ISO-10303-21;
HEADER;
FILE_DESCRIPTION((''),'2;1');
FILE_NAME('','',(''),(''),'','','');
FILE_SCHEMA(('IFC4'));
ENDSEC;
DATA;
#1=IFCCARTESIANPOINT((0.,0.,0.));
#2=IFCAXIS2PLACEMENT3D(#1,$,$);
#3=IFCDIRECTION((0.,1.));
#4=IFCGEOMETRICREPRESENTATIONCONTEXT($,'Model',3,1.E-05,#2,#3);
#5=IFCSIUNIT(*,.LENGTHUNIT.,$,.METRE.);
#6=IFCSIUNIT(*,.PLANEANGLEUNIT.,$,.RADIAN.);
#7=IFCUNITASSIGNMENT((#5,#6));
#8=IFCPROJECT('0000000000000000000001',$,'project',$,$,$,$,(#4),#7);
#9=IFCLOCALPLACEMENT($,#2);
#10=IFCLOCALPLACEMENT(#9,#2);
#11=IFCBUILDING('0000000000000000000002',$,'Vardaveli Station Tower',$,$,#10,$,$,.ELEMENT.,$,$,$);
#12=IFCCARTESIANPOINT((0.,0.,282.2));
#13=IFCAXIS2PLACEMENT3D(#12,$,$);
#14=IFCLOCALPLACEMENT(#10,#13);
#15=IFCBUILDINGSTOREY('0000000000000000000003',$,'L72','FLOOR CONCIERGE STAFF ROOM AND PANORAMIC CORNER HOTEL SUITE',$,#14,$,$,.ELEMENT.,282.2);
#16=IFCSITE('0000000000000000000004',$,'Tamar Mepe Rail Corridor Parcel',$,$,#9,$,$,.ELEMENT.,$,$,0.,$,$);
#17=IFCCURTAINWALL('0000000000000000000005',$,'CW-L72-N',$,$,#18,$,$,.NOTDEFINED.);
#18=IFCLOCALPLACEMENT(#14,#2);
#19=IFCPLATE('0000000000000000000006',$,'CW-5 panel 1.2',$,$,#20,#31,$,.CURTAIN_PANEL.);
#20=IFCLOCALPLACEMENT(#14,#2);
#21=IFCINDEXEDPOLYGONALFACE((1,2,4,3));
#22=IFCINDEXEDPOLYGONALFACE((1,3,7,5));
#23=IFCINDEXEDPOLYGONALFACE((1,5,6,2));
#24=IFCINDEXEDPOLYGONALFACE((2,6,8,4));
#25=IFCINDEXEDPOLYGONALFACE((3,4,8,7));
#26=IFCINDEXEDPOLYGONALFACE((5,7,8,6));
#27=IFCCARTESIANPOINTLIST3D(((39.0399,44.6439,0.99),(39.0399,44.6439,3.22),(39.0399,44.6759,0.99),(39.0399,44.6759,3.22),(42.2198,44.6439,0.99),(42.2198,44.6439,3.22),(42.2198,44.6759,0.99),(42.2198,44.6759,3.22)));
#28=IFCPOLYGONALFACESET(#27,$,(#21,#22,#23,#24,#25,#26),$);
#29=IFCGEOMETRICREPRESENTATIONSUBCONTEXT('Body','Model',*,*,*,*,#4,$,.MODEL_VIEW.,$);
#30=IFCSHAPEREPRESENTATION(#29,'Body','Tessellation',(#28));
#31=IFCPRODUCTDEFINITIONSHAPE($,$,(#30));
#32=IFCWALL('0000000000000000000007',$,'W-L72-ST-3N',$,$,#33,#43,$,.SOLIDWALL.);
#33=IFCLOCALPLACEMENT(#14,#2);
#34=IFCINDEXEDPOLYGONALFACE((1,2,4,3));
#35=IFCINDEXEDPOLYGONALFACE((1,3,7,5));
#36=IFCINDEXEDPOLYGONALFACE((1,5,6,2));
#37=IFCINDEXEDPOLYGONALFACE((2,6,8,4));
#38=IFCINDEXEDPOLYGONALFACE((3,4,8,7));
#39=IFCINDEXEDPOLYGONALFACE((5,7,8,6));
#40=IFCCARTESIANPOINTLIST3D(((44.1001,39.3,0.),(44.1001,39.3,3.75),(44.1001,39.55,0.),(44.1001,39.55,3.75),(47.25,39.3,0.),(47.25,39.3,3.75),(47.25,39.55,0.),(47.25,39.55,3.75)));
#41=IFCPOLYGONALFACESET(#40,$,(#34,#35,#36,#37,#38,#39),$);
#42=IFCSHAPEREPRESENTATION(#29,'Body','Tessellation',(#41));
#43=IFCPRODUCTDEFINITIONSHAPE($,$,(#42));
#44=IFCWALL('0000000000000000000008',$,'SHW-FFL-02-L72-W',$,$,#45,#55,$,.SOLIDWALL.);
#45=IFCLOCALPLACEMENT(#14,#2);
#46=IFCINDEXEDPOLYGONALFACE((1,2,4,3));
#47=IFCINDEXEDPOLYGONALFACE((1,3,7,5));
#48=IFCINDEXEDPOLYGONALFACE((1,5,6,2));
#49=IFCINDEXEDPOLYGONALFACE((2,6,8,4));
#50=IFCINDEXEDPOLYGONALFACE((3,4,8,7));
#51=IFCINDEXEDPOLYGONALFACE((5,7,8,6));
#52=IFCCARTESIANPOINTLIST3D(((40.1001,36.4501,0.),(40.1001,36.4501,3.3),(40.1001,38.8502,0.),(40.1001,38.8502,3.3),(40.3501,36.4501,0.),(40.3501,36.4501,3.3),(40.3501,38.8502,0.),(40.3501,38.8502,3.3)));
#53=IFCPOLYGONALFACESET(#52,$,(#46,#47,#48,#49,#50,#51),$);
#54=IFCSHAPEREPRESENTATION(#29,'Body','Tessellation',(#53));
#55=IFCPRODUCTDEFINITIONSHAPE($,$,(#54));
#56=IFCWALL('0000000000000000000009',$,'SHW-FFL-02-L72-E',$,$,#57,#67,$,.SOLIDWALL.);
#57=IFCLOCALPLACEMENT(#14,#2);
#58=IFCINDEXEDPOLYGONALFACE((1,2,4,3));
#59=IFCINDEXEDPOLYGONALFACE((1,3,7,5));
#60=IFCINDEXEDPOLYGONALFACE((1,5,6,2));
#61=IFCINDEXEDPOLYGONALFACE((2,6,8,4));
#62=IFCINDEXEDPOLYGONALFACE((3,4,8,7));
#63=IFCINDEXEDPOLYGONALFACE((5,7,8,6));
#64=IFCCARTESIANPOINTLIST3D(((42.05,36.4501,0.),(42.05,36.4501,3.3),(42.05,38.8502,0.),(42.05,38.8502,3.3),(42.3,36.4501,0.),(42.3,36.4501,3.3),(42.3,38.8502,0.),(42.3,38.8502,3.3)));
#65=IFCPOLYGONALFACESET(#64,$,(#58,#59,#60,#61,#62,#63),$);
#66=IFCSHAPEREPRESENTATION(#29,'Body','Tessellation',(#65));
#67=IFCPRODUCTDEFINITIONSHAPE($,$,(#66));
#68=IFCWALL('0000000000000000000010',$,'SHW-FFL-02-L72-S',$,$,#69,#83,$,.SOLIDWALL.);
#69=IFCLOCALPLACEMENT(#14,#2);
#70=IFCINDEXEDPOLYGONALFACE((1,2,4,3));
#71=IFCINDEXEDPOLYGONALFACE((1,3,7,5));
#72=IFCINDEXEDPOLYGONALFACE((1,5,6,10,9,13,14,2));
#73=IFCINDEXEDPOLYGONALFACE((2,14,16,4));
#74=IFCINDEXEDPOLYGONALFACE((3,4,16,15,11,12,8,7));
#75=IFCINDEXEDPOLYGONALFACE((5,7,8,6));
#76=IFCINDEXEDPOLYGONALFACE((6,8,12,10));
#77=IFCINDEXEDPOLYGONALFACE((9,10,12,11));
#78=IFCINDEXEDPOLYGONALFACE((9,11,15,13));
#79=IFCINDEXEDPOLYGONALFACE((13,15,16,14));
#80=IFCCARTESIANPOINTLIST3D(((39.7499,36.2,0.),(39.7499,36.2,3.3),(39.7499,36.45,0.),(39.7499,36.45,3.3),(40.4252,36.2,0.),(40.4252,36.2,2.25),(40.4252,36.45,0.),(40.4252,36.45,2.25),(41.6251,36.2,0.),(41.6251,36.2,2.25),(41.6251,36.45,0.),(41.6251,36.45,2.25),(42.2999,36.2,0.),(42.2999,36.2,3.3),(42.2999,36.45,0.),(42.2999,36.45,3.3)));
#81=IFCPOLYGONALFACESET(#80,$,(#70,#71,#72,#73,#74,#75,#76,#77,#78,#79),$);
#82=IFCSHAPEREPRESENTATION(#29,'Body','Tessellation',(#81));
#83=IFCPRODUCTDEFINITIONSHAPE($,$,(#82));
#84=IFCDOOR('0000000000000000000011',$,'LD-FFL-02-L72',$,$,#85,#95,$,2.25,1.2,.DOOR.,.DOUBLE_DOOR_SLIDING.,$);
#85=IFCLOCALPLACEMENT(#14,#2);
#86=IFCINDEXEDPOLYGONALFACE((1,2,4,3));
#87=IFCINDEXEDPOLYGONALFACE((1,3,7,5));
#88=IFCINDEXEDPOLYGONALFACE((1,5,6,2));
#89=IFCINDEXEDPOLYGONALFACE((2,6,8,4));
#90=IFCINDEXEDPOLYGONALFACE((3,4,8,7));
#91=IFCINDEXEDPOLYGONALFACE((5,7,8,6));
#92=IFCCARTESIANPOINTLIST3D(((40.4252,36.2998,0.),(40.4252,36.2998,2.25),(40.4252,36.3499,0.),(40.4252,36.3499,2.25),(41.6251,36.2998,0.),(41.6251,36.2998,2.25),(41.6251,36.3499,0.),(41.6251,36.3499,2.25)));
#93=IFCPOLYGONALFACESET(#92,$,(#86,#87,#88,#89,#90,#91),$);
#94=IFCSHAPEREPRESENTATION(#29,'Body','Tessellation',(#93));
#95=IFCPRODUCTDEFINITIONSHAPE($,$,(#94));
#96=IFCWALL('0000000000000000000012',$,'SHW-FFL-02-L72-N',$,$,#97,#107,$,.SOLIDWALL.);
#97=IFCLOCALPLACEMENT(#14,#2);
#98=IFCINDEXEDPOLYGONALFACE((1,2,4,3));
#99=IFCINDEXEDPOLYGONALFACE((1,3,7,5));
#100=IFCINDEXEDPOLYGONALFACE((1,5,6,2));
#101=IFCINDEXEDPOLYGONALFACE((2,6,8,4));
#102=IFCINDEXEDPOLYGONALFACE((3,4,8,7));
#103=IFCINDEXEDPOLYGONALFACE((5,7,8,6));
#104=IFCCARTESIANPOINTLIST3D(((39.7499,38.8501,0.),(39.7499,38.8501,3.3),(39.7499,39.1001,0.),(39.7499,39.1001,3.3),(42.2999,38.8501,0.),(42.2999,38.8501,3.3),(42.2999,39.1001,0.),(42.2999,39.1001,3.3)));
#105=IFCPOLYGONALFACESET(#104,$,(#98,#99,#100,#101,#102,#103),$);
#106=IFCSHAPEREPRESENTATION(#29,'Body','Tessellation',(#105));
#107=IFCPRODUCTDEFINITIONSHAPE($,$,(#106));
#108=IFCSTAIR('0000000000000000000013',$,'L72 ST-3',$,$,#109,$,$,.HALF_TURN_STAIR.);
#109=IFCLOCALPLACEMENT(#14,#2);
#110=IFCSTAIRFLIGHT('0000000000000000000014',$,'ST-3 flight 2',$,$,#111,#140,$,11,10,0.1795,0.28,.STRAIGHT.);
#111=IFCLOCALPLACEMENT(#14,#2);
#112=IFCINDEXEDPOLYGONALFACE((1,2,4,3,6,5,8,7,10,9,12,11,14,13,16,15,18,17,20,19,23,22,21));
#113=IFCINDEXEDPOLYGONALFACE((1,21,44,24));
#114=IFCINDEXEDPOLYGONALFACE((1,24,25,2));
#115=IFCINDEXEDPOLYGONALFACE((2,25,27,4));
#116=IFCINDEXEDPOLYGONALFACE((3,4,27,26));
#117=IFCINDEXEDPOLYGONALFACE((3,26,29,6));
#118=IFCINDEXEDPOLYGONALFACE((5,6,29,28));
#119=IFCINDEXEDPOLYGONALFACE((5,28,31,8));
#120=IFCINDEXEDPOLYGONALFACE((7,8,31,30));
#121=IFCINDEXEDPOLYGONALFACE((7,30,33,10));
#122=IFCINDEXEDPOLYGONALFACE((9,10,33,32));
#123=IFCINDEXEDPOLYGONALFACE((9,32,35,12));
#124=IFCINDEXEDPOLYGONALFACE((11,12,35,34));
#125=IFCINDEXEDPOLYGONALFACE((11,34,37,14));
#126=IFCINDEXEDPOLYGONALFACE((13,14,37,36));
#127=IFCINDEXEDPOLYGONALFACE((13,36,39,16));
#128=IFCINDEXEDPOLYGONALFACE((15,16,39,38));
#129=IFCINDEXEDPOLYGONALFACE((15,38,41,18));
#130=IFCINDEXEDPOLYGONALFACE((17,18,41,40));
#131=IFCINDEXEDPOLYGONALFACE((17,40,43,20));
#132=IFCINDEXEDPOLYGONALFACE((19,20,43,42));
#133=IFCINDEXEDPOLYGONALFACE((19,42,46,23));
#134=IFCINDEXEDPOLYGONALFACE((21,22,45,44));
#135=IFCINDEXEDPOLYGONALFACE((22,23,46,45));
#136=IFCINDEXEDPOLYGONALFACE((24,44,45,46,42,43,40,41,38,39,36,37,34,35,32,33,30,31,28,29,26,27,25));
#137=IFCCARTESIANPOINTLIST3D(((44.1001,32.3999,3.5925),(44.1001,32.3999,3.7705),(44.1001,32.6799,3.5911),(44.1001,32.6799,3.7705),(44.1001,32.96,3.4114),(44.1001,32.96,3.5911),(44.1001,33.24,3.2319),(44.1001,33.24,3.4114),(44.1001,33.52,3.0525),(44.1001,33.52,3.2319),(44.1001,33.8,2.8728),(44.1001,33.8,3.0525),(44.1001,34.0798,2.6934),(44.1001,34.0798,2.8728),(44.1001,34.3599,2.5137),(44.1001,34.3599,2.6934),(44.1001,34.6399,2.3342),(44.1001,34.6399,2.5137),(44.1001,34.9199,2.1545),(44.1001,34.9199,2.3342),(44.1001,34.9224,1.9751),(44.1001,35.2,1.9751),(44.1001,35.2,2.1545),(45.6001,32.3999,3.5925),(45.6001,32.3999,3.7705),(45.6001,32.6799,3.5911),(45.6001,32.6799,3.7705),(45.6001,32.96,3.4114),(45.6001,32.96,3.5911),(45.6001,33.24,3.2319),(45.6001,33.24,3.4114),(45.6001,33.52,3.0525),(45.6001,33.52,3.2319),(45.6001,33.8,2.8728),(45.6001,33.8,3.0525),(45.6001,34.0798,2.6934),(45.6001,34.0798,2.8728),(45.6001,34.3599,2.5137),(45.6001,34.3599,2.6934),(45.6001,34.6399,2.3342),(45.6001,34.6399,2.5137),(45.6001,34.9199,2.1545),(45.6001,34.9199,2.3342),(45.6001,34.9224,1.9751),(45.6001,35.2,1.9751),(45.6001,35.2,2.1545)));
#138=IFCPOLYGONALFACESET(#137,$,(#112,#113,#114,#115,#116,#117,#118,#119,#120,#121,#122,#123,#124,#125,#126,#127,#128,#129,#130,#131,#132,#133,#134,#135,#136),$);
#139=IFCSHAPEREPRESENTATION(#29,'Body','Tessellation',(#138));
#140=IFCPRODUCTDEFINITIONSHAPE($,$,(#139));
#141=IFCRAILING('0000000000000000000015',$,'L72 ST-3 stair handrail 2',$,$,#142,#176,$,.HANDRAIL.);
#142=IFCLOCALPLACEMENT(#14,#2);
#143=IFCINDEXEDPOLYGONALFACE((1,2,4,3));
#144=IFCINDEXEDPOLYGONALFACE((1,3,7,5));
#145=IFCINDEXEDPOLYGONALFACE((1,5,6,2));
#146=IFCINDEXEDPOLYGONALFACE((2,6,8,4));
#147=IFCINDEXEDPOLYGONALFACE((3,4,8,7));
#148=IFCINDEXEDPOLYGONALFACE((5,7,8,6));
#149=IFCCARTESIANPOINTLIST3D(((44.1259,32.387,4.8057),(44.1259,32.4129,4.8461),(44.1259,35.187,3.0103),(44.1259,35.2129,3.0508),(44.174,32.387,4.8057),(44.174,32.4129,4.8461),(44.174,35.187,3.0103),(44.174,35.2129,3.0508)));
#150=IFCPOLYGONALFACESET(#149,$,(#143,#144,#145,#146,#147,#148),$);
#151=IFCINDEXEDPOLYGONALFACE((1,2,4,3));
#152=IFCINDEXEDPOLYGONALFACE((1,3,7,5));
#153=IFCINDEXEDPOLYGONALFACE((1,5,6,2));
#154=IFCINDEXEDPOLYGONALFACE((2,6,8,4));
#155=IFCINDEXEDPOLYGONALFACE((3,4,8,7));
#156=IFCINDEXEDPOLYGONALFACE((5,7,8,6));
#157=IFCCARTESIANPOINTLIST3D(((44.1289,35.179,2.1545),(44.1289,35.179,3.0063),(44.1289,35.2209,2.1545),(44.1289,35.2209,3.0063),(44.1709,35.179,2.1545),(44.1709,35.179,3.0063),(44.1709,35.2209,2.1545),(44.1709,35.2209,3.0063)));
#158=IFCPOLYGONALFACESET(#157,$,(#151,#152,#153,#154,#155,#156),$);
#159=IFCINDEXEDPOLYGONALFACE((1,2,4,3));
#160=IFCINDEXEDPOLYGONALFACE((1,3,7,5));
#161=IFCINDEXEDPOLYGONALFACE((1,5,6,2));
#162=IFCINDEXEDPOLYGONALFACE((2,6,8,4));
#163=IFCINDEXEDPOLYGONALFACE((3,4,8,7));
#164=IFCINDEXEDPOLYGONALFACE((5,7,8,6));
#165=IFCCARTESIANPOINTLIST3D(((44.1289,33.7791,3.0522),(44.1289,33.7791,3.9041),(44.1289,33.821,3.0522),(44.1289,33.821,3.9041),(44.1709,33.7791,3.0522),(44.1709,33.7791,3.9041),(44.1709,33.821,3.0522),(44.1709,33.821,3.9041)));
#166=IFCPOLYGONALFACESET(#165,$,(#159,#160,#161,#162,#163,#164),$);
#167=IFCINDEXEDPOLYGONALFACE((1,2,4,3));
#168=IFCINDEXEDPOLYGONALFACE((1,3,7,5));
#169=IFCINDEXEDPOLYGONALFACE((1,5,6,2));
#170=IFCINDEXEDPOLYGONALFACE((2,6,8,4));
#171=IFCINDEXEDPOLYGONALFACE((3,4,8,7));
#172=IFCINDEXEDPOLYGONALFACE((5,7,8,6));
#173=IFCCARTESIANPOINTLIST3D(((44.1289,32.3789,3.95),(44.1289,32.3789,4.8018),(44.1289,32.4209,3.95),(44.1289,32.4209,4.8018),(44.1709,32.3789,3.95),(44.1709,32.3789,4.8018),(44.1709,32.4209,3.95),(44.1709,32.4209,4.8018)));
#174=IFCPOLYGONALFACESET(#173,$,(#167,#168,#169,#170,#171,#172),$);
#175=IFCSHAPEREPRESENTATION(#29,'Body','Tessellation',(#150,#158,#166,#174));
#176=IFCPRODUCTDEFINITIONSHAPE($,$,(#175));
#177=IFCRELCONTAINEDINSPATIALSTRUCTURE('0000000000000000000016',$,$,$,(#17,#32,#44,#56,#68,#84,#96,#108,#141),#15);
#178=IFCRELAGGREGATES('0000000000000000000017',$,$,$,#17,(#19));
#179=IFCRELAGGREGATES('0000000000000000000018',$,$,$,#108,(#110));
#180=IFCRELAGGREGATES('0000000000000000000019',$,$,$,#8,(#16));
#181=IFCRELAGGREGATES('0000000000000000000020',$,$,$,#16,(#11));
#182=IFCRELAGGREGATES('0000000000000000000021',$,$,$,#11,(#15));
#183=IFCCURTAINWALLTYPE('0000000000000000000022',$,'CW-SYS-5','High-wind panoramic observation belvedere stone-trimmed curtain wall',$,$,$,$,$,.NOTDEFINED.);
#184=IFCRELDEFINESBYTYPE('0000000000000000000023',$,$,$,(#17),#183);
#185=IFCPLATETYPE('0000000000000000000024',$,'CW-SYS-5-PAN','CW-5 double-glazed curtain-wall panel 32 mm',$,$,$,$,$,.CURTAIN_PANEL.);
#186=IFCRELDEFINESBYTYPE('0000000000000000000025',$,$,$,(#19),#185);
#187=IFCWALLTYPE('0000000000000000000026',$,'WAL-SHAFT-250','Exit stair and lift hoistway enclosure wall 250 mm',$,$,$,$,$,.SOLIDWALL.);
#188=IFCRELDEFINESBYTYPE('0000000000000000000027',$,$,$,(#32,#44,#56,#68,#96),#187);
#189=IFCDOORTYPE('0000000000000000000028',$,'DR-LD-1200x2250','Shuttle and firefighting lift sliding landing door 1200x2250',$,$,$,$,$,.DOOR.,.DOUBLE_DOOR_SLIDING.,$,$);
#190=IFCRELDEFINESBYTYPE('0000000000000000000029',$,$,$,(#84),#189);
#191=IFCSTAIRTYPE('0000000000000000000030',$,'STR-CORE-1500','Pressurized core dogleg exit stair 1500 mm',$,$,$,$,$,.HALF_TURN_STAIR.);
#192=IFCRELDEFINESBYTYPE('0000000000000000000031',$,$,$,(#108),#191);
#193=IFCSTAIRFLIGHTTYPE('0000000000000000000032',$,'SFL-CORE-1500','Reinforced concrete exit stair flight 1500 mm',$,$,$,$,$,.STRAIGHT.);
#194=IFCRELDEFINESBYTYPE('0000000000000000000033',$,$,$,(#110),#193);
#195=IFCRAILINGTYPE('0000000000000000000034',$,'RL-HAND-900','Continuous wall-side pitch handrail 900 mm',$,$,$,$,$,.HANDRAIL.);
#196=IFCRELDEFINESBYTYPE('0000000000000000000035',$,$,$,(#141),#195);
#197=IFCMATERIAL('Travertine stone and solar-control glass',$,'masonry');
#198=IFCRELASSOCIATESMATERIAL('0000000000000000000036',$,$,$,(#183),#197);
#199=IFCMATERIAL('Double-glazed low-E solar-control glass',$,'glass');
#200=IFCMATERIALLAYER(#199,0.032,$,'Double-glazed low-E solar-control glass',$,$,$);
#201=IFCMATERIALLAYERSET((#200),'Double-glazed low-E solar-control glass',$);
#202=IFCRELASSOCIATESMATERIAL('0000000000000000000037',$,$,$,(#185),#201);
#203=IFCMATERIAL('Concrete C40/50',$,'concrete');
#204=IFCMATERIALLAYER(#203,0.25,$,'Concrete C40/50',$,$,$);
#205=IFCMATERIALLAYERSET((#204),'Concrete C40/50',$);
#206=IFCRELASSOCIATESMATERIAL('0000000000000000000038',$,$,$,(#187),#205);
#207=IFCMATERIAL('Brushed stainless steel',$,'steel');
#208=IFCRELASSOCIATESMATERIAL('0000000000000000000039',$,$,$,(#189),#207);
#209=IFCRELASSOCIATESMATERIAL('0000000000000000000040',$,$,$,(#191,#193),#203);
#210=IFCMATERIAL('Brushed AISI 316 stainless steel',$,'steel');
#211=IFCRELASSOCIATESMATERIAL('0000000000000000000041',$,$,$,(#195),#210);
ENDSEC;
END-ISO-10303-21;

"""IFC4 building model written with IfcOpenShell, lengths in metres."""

from ifc_helpers import new_model, si_unit, direction, frame, frame_2d, origin, origin_2d, place, context, subcontext, project, spatial, polyline, rectangle, outline, extrude, source, transform, mapped, material, layer, layer_set, type_object, element, fill, aggregate, save


model = new_model("IFC4")

# Units and contexts
model_context = context("Model", 3, precision=1e-05, world=origin(), true_north=direction((0.0, 1.0)))
body_context = subcontext(model_context, "Body", "Model", "MODEL_VIEW")
ifc_project = project(units=[si_unit("LENGTHUNIT", "METRE"), si_unit("PLANEANGLEUNIT", "RADIAN")], contexts=[model_context])

# Site, building, storey
site_placement = place(None, origin())
site = spatial("IfcSite", under=ifc_project, at=site_placement, Name="Tamar Mepe Rail Corridor Parcel", CompositionType="ELEMENT", RefElevation=0.0)
building_placement = place(site_placement, origin())
building = spatial("IfcBuilding", under=site, at=building_placement, Name="Vardaveli Station Tower", CompositionType="ELEMENT")
storey_placement = place(building_placement, frame((0.0, 0.0, 282.2)))
storey = spatial("IfcBuildingStorey", under=building, at=storey_placement, Name="L72", Description="FLOOR CONCIERGE STAFF ROOM AND PANORAMIC CORNER HOTEL SUITE", CompositionType="ELEMENT", Elevation=282.2)

# Curtain wall, plate
ifc_material_1 = material(Name="Travertine stone and solar-control glass", Category="masonry")
curtain_wall_type = type_object("IfcCurtainWallType", Name="CW-SYS-5", Description="High-wind panoramic observation belvedere stone-trimmed curtain wall", PredefinedType="NOTDEFINED", material=ifc_material_1)
curtain_wall_placement = place(storey_placement, origin())
curtain_wall = element("IfcCurtainWall", 1, at=curtain_wall_placement, inside=storey, type_object=curtain_wall_type, Name="CW-L72-N", PredefinedType="NOTDEFINED")
ifc_material_2 = material(Name="Double-glazed low-E solar-control glass", Category="glass")
ifc_layer_1 = layer(ifc_material_2, 0.032, Name="Double-glazed low-E solar-control glass")
ifc_layer_set_1 = layer_set([ifc_layer_1], Name="Double-glazed low-E solar-control glass")
plate_type = type_object("IfcPlateType", Name="CW-SYS-5-PAN", Description="CW-5 double-glazed curtain-wall panel 32 mm", PredefinedType="CURTAIN_PANEL", material=ifc_layer_set_1)
shared_shape_1 = source(origin(), body_context, "Body", "SweptSolid", [
    extrude(rectangle(XDim=3.1799, YDim=0.032, at=origin_2d()), origin(), (0.0, 0.0, 1.0), 2.23),
])
plate_1_placement = place(storey_placement, frame((40.6299, 44.6599, 0.99), z_axis=(0.0, 0.0, 1.0), x_axis=(-1.0, 0.0, 0.0)))
plate_1 = element("IfcPlate", 2, at=plate_1_placement, type_object=plate_type, Name="CW-5 panel 1.2", PredefinedType="CURTAIN_PANEL", context=body_context, shape_type="MappedRepresentation", body=[
    mapped(shared_shape_1, transform((0.0, 0.0, 0.0), scale=1.0)),
])
aggregate(curtain_wall, [plate_1])

# Walls
ifc_material_3 = material(Name="Concrete C40/50", Category="concrete")
ifc_layer_2 = layer(ifc_material_3, 0.25, Name="Concrete C40/50")
ifc_layer_set_2 = layer_set([ifc_layer_2], Name="Concrete C40/50")
wall_type = type_object("IfcWallType", Name="WAL-SHAFT-250", Description="Exit stair and lift hoistway enclosure wall 250 mm", PredefinedType="SOLIDWALL", material=ifc_layer_set_2)
shared_shape_2 = source(origin(), body_context, "Body", "SweptSolid", [
    extrude(rectangle(XDim=3.1499, YDim=0.25, at=frame_2d((1.575, 0.0))), origin(), (0.0, 0.0, 1.0), 3.75),
])
wall_1_placement = place(storey_placement, frame((44.1001, 39.425, 0.0), z_axis=(0.0, 0.0, 1.0), x_axis=(1.0, 0.0, 0.0)))
element("IfcWall", 3, at=wall_1_placement, inside=storey, type_object=wall_type, Name="W-L72-ST-3N", PredefinedType="SOLIDWALL", context=body_context, shape_type="MappedRepresentation", body=[
    mapped(shared_shape_2, transform((0.0, 0.0, 0.0), scale=1.0)),
])
shared_shape_3 = source(origin(), body_context, "Body", "SweptSolid", [
    extrude(rectangle(XDim=2.4001, YDim=0.25, at=frame_2d((1.2002, 0.0))), origin(), (0.0, 0.0, 1.0), 3.3),
])
for number, where, z_axis, x_axis, name in (
    (4, (40.2251, 36.45, 0.0), (0.0, 0.0, 1.0), (0.0, 1.0, 0.0), "SHW-FFL-02-L72-W"),
    (5, (42.175, 36.45, 0.0), (0.0, 0.0, 1.0), (0.0, 1.0, 0.0), "SHW-FFL-02-L72-E"),
):
    element("IfcWall", number, at=place(storey_placement, frame(where, z_axis=z_axis, x_axis=x_axis)), inside=storey, type_object=wall_type, Name=name, PredefinedType="SOLIDWALL", context=body_context, shape_type="MappedRepresentation", body=[
        mapped(shared_shape_3, transform((0.0, 0.0, 0.0), scale=1.0)),
    ])

# Wall, opening, door
shared_shape_4 = source(origin(), body_context, "Body", "SweptSolid", [
    extrude(rectangle(XDim=2.55, YDim=0.25, at=frame_2d((1.2749, 0.0))), origin(), (0.0, 0.0, 1.0), 3.3),
])
wall_2_placement = place(storey_placement, frame((39.75, 36.325, 0.0), z_axis=(0.0, 0.0, 1.0), x_axis=(1.0, 0.0, 0.0)))
wall_2 = element("IfcWall", 6, at=wall_2_placement, inside=storey, type_object=wall_type, Name="SHW-FFL-02-L72-S", PredefinedType="SOLIDWALL", context=body_context, shape_type="MappedRepresentation", body=[
    mapped(shared_shape_4, transform((0.0, 0.0, 0.0), scale=1.0)),
])
shared_shape_5 = source(origin(), body_context, "Body", "SweptSolid", [
    extrude(rectangle(XDim=1.2, YDim=2.25, at=frame_2d((0.6001, 1.125))), frame((0.0, 0.135, 0.0), z_axis=(0.0, -1.0, 0.0), x_axis=(1.0, 0.0, 0.0)), (0.0, 0.0, 1.0), 0.27),
])
opening_placement = place(wall_2_placement, frame((0.675, 0.0, 0.0)))
opening = element("IfcOpeningElement", 7, at=opening_placement, cuts=wall_2, PredefinedType="OPENING", context=body_context, shape_type="MappedRepresentation", body=[
    mapped(shared_shape_5, transform((0.0, 0.0, 0.0), scale=1.0)),
])
ifc_material_4 = material(Name="Brushed stainless steel", Category="steel")
door_type = type_object("IfcDoorType", Name="DR-LD-1200x2250", Description="Shuttle and firefighting lift sliding landing door 1200x2250", OperationType="DOUBLE_DOOR_SLIDING", PredefinedType="DOOR", material=ifc_material_4)
shared_shape_6 = source(origin(), body_context, "Body", "SweptSolid", [
    extrude(rectangle(XDim=1.2, YDim=2.25, at=frame_2d((0.6001, 1.125))), frame((0.0, 0.0249, 0.0), z_axis=(0.0, -1.0, 0.0), x_axis=(1.0, 0.0, 0.0)), (0.0, 0.0, 1.0), 0.05),
])
door_placement = place(opening_placement, origin())
door = element("IfcDoor", 8, at=door_placement, inside=storey, type_object=door_type, Name="LD-FFL-02-L72", OperationType="DOUBLE_DOOR_SLIDING", OverallHeight=2.25, OverallWidth=1.2, PredefinedType="DOOR", context=body_context, shape_type="MappedRepresentation", body=[
    mapped(shared_shape_6, transform((0.0, 0.0, 0.0), scale=1.0)),
])
fill(opening, door)

# Wall
wall_3_placement = place(storey_placement, frame((39.75, 38.9751, 0.0), z_axis=(0.0, 0.0, 1.0), x_axis=(1.0, 0.0, 0.0)))
element("IfcWall", 9, at=wall_3_placement, inside=storey, type_object=wall_type, Name="SHW-FFL-02-L72-N", PredefinedType="SOLIDWALL", context=body_context, shape_type="MappedRepresentation", body=[
    mapped(shared_shape_4, transform((0.0, 0.0, 0.0), scale=1.0)),
])

# Stair, stair flight
stair_type = type_object("IfcStairType", Name="STR-CORE-1500", Description="Pressurized core dogleg exit stair 1500 mm", PredefinedType="HALF_TURN_STAIR", material=ifc_material_3)
stair_placement = place(storey_placement, origin())
stair = element("IfcStair", 10, at=stair_placement, inside=storey, type_object=stair_type, Name="L72 ST-3", PredefinedType="HALF_TURN_STAIR")
stair_flight_type = type_object("IfcStairFlightType", Name="SFL-CORE-1500", Description="Reinforced concrete exit stair flight 1500 mm", PredefinedType="STRAIGHT", material=ifc_material_3)
shared_shape_7 = source(origin(), body_context, "Body", "SweptSolid", [
    extrude(outline(polyline([(0.0, 0.0), (0.0, 0.1794), (0.28, 0.1794), (0.28, 0.3591), (0.5601, 0.3591), (0.5601, 0.5386), (0.8401, 0.5386), (0.8401, 0.7183), (1.1201, 0.7183), (1.1201, 0.8977), (1.3999, 0.8977), (1.3999, 1.0774), (1.6799, 1.0774), (1.6799, 1.2568), (1.96, 1.2568), (1.96, 1.4363), (2.24, 1.4363), (2.24, 1.616), (2.52, 1.616), (2.52, 1.7954), (2.8, 1.7954), (2.8, 1.9751), (2.8, 1.6174), (0.2776, 0.0), (0.0, 0.0)])), frame((0.0, 0.75, 0.0), z_axis=(0.0, -1.0, 0.0), x_axis=(1.0, 0.0, 0.0)), (0.0, 0.0, 1.0), 1.5),
])
stair_flight_placement = place(storey_placement, frame((44.8501, 35.2, 1.9751), z_axis=(0.0, 0.0, 1.0), x_axis=(0.0, -1.0, 0.0)))
stair_flight = element("IfcStairFlight", 11, at=stair_flight_placement, type_object=stair_flight_type, Name="ST-3 flight 2", NumberOfRisers=11, NumberOfTreads=10, PredefinedType="STRAIGHT", RiserHeight=0.1795, TreadLength=0.28, context=body_context, shape_type="MappedRepresentation", body=[
    mapped(shared_shape_7, transform((0.0, 0.0, 0.0), scale=1.0)),
])
aggregate(stair, [stair_flight])

# Railing
ifc_material_5 = material(Name="Brushed AISI 316 stainless steel", Category="steel")
railing_type = type_object("IfcRailingType", Name="RL-HAND-900", Description="Continuous wall-side pitch handrail 900 mm", PredefinedType="HANDRAIL", material=ifc_material_5)
shared_shape_8 = source(origin(), body_context, "Body", "SweptSolid", [
    extrude(rectangle(XDim=0.0481, YDim=0.0481, at=origin_2d()), frame((0.0, 0.0, 0.876), z_axis=(0.0, -0.84181, 0.539774), x_axis=(1.0, 0.0, 0.0)), (0.0, 0.0, 1.0), 3.3262),
    extrude(rectangle(XDim=0.042, YDim=0.042, at=origin_2d()), origin(), (0.0, 0.0, 1.0), 0.8518),
    extrude(rectangle(XDim=0.042, YDim=0.042, at=origin_2d()), frame((0.0, -1.3999, 0.8977)), (0.0, 0.0, 1.0), 0.8518),
    extrude(rectangle(XDim=0.042, YDim=0.042, at=origin_2d()), frame((0.0, -2.8, 1.7954)), (0.0, 0.0, 1.0), 0.8518),
])
railing_placement = place(storey_placement, frame((44.1499, 35.2, 2.1545)))
element("IfcRailing", 12, at=railing_placement, inside=storey, type_object=railing_type, Name="L72 ST-3 stair handrail 2", PredefinedType="HANDRAIL", context=body_context, shape_type="MappedRepresentation", body=[
    mapped(shared_shape_8, transform((0.0, 0.0, 0.0), scale=1.0)),
])

save(model, "model.ifc")
